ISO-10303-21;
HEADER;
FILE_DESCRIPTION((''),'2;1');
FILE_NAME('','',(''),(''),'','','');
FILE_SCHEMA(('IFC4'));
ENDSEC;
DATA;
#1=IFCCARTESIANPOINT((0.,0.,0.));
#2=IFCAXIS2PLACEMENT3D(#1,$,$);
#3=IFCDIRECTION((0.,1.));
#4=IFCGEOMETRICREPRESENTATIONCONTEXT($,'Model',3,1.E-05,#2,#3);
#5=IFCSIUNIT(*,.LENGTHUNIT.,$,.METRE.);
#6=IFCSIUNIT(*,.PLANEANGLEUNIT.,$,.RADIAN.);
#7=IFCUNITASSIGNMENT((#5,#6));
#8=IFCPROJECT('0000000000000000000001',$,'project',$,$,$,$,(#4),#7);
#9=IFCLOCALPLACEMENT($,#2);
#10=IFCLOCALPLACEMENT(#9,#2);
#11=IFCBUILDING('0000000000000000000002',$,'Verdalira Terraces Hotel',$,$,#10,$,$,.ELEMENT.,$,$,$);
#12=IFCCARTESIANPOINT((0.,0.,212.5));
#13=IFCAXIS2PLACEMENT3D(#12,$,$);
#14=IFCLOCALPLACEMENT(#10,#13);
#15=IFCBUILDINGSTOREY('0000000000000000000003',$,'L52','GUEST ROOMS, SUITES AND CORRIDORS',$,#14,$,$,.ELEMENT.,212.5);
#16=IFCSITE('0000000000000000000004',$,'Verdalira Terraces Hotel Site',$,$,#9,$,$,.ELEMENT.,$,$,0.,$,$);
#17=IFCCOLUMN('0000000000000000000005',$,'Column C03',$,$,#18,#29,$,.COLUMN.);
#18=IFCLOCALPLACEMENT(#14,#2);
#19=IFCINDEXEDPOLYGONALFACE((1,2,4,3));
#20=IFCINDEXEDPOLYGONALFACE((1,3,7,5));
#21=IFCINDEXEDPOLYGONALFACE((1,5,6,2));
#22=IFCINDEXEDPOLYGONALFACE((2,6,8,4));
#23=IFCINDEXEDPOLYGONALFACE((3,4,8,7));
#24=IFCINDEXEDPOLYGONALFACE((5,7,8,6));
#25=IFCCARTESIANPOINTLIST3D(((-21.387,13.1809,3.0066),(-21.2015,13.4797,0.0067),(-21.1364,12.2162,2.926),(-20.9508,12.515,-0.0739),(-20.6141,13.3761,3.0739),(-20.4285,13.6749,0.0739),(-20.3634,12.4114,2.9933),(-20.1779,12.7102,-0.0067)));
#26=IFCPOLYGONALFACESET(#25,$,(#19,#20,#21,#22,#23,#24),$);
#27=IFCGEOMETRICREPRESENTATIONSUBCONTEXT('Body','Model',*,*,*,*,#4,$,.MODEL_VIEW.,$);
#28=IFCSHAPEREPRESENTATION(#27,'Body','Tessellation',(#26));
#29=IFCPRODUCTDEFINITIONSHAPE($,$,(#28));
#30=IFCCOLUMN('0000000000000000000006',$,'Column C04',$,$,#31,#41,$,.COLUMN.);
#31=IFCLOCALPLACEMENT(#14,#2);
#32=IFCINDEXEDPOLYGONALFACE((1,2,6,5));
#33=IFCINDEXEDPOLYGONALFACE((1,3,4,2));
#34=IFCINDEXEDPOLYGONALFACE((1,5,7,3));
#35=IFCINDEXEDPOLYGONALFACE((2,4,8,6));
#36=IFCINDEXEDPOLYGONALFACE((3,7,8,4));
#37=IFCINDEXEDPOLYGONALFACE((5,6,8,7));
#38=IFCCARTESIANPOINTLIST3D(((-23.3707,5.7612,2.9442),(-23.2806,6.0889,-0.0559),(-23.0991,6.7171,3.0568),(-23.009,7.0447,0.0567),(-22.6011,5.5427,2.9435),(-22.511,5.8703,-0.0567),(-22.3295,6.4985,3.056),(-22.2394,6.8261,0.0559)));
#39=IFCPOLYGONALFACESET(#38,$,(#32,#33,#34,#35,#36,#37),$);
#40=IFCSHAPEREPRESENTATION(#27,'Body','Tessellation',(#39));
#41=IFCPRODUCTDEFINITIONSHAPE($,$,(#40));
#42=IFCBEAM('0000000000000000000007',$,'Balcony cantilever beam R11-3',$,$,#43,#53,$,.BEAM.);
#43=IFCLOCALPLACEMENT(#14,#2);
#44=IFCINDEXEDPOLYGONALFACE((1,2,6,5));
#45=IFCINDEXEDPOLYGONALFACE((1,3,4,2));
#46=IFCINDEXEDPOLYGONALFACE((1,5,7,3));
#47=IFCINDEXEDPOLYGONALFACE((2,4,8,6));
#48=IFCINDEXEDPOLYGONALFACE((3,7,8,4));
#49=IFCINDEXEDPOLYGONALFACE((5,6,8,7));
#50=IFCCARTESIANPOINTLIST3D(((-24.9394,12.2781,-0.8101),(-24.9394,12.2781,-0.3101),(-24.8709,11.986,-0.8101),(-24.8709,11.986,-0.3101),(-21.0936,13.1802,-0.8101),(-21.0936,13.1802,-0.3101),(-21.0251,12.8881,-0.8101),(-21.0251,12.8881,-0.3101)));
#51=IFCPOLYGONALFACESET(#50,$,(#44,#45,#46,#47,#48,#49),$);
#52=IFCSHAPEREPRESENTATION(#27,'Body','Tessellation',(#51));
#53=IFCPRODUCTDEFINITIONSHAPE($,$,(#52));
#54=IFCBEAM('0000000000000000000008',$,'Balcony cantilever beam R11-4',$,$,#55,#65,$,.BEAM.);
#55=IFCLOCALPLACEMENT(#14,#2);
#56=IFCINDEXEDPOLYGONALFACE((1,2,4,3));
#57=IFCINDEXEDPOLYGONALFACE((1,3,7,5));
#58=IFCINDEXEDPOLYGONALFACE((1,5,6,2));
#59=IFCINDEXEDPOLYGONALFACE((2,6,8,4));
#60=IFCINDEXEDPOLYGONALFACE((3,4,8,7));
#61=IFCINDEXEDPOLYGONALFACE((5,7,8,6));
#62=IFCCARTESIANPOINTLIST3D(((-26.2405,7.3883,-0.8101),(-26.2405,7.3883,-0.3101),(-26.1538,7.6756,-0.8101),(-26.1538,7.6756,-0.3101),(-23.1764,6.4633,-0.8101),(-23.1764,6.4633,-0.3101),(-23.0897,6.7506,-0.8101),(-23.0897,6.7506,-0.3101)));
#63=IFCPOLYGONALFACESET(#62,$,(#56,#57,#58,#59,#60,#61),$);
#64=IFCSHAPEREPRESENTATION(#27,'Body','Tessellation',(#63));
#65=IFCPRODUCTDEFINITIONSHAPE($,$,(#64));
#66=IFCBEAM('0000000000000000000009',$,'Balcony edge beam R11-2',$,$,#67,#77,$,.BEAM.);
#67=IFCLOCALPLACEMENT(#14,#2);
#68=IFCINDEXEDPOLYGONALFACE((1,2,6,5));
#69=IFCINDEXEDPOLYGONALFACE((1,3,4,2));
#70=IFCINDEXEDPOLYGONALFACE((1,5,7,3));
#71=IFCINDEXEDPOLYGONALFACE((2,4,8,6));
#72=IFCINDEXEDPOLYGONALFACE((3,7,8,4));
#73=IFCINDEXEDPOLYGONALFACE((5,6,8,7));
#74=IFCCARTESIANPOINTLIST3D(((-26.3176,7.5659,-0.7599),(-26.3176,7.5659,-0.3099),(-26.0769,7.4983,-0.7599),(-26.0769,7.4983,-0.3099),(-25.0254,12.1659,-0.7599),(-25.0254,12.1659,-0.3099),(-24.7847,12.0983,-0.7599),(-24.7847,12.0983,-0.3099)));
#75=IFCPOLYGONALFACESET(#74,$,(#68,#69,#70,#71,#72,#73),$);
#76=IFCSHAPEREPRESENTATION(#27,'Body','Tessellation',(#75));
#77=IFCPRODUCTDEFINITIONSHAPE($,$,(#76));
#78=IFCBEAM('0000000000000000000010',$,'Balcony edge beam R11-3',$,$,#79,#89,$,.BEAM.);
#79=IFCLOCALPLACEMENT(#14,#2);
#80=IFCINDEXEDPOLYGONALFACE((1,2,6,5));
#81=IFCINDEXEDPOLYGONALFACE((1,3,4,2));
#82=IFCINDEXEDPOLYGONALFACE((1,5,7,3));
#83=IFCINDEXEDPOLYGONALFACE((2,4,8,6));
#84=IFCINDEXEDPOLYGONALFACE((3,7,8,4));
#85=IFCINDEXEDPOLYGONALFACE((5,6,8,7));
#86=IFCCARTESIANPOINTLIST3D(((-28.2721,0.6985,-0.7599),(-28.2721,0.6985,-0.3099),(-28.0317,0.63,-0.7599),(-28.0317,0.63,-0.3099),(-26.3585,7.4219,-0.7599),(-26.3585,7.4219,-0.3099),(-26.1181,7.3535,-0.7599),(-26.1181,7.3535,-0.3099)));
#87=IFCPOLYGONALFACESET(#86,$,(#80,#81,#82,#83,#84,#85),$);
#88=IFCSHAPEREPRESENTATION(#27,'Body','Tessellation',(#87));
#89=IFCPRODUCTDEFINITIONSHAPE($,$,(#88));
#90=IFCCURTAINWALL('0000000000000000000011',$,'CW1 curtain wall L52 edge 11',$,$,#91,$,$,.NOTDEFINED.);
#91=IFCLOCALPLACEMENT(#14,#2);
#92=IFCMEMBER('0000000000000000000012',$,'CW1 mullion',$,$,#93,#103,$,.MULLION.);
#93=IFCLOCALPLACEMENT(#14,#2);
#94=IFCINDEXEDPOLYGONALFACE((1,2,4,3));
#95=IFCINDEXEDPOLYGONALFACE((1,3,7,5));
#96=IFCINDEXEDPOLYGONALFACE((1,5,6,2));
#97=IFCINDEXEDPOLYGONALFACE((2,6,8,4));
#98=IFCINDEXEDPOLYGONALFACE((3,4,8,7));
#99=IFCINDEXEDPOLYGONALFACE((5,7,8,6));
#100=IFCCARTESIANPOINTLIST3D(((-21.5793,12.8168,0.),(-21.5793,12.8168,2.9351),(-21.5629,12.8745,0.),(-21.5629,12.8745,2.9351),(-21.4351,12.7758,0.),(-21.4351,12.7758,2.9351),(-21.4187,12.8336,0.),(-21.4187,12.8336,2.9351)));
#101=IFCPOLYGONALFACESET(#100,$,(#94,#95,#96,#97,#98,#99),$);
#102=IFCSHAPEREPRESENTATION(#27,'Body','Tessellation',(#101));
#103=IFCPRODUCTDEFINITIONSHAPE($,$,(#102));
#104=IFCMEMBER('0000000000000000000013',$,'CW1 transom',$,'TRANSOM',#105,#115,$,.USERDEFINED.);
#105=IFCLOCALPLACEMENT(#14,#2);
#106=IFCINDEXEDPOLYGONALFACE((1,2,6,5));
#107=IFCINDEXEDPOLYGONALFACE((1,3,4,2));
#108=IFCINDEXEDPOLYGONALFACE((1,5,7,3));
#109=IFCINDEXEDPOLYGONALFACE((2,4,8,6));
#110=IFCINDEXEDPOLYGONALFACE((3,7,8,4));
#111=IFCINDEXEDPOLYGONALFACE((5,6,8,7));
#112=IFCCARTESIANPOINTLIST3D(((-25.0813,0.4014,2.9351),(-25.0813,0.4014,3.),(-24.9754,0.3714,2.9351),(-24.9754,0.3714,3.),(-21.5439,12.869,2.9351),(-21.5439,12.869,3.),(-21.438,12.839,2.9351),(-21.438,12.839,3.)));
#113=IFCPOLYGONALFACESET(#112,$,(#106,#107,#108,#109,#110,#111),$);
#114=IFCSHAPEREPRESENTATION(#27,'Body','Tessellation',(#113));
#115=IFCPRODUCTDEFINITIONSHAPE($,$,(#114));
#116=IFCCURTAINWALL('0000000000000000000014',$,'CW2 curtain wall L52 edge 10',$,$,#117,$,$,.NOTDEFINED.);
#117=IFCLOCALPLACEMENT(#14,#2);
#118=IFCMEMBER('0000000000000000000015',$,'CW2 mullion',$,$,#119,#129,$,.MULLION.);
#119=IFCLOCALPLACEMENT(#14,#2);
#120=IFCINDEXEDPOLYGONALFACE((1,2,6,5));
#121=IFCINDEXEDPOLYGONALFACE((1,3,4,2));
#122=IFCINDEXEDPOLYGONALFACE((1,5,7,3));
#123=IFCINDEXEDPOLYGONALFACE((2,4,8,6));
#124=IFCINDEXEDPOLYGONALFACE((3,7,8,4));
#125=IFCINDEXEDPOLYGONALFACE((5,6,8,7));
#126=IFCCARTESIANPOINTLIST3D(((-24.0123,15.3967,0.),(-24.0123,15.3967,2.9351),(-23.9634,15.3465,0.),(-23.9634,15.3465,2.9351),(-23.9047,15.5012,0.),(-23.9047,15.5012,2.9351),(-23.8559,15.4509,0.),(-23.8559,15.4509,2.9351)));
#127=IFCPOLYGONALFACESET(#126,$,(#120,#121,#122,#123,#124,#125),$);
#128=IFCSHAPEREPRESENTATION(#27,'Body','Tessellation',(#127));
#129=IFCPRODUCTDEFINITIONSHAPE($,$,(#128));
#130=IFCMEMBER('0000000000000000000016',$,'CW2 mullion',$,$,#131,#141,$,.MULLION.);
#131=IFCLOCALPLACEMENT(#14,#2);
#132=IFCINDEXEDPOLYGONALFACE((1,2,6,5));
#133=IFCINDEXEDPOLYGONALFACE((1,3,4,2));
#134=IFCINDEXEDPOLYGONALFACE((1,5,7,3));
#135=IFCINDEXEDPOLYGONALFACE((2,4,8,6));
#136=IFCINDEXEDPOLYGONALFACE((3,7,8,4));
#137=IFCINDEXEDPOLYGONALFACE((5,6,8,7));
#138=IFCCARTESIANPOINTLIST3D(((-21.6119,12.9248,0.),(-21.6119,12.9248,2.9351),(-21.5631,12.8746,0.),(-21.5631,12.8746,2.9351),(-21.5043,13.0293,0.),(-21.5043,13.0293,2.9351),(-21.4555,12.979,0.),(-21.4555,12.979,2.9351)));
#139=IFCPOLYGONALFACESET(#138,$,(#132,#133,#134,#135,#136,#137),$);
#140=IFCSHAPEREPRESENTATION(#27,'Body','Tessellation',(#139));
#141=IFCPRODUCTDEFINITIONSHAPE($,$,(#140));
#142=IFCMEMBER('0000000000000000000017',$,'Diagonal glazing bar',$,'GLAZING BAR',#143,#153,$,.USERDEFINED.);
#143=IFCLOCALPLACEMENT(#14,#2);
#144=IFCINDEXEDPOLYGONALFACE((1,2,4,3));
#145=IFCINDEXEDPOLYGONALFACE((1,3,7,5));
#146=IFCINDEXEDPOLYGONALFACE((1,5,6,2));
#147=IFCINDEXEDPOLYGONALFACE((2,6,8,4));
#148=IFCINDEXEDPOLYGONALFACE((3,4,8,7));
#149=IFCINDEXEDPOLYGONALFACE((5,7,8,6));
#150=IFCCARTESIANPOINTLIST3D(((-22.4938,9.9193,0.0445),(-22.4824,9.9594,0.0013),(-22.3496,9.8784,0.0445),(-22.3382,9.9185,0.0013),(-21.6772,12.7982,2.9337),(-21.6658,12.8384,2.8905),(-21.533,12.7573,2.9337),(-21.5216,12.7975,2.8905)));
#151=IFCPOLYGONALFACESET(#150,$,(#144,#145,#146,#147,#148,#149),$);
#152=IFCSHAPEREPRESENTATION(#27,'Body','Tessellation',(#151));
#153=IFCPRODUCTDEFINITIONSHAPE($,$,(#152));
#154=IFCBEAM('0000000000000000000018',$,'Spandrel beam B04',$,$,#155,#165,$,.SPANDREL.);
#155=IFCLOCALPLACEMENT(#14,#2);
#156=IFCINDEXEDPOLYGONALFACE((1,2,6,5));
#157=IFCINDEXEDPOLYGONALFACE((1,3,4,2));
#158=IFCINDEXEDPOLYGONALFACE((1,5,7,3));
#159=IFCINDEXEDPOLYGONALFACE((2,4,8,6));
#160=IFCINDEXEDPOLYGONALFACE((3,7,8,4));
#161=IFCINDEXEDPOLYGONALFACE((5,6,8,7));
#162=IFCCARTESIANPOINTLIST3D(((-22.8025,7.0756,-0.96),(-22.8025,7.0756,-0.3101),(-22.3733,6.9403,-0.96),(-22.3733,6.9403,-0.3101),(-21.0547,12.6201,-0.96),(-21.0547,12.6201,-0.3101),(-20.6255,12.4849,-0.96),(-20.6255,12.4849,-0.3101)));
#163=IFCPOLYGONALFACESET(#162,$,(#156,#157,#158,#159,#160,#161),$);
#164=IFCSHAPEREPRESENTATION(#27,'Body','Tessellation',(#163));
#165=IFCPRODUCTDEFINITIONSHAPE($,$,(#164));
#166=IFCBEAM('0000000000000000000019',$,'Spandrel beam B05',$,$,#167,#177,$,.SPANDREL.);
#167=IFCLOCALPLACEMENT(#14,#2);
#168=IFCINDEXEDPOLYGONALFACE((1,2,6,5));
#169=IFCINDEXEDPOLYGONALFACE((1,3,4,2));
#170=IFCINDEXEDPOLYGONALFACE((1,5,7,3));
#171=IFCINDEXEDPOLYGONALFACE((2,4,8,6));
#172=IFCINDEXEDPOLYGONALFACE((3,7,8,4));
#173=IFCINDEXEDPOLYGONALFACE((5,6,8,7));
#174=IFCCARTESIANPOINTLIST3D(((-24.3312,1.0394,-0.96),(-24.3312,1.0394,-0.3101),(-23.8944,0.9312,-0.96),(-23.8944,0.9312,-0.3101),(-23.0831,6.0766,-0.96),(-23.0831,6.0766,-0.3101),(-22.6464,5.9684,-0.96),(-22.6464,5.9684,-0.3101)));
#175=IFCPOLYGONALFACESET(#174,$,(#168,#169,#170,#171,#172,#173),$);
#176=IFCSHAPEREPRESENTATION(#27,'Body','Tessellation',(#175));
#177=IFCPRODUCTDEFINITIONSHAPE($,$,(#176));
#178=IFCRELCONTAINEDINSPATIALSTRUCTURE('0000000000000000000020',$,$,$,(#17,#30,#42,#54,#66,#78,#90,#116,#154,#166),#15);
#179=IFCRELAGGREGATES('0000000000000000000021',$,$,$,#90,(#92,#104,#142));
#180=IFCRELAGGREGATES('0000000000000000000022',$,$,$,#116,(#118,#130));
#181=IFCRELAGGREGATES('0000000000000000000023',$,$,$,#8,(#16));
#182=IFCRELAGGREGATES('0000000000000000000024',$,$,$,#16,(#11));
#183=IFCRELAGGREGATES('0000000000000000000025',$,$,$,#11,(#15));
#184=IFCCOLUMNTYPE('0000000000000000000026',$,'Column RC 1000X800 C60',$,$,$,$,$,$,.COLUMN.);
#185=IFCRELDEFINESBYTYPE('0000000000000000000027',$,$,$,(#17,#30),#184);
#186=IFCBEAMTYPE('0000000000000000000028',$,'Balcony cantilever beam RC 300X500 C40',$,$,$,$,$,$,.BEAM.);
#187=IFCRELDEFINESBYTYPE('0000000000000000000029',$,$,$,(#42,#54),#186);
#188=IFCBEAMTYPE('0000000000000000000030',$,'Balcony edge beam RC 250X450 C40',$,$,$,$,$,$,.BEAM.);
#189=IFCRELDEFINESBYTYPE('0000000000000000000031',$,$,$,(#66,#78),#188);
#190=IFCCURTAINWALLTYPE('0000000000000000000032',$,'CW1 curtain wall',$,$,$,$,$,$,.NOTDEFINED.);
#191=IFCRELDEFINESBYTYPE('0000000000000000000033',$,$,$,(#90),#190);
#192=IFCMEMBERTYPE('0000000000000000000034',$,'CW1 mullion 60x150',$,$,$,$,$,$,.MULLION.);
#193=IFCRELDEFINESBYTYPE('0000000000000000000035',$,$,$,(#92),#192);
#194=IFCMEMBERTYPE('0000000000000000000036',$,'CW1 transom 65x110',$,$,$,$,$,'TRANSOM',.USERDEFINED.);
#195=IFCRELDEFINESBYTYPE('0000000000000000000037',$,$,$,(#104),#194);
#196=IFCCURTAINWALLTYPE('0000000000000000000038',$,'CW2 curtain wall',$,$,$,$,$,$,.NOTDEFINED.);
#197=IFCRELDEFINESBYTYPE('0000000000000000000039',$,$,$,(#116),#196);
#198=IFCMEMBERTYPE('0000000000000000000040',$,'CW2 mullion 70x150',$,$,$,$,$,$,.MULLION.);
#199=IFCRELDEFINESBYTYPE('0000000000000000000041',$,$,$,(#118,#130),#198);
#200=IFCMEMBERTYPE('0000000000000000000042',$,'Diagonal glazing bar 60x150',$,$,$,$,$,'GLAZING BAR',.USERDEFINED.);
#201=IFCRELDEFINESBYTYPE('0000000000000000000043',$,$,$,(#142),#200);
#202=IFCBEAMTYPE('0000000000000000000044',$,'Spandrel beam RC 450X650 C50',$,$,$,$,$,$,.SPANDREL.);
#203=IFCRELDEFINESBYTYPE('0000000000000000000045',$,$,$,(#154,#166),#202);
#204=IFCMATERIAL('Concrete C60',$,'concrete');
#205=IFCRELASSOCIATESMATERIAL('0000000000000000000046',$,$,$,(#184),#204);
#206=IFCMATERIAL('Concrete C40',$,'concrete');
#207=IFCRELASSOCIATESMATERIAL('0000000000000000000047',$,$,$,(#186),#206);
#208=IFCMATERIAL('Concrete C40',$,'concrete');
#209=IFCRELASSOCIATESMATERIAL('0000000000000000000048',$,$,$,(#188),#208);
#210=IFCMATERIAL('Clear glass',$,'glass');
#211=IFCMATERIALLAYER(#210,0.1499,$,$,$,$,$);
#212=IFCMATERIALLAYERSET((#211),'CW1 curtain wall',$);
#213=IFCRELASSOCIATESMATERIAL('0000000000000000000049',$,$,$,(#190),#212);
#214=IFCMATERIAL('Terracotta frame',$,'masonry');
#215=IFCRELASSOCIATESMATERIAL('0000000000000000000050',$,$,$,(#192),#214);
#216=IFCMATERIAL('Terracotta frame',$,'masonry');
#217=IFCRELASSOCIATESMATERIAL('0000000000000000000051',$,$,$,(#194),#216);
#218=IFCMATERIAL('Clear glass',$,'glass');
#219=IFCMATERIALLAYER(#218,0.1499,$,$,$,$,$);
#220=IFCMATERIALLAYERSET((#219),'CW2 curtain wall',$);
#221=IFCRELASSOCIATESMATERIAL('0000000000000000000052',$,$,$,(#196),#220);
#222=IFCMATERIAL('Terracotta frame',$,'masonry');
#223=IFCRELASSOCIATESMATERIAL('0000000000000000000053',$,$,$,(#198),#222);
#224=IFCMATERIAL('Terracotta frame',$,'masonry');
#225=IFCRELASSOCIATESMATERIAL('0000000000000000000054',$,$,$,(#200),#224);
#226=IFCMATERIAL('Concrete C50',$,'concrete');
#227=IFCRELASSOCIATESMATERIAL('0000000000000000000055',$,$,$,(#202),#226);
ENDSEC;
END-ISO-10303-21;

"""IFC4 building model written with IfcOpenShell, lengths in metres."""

from ifc_helpers import new_model, si_unit, direction, frame, origin, origin_2d, place, context, subcontext, project, spatial, rectangle, extrude, material, layer, layer_set, material_profile, profile_set, type_object, element, aggregate, save


model = new_model("IFC4")

# Units and contexts
model_context = context("Model", 3, precision=1e-05, world=origin(), true_north=direction((0.0, 1.0)))
body_context = subcontext(model_context, "Body", "Model", "MODEL_VIEW")
ifc_project = project(units=[si_unit("LENGTHUNIT", "METRE"), si_unit("PLANEANGLEUNIT", "RADIAN")], contexts=[model_context])

# Site, building, storey
site_placement = place(None, origin())
site = spatial("IfcSite", under=ifc_project, at=site_placement, Name="Verdalira Terraces Hotel Site", CompositionType="ELEMENT", RefElevation=0.0)
building_placement = place(site_placement, origin())
building = spatial("IfcBuilding", under=site, at=building_placement, Name="Verdalira Terraces Hotel", CompositionType="ELEMENT")
storey_placement = place(building_placement, frame((0.0, 0.0, 212.5)))
storey = spatial("IfcBuildingStorey", under=building, at=storey_placement, Name="L52", Description="GUEST ROOMS, SUITES AND CORRIDORS", CompositionType="ELEMENT", Elevation=212.5)

# Columns
ifc_material_1 = material(Name="Concrete C60", Category="concrete")
ifc_material_profile_1 = material_profile(ifc_material_1, rectangle(XDim=1.0, YDim=0.8, at=origin_2d()), Name="RC 1000X800")
ifc_profile_set_1 = profile_set([ifc_material_profile_1], Name="Concrete C60")
column_type = type_object("IfcColumnType", Name="Column RC 1000X800 C60", PredefinedType="COLUMN", material=ifc_profile_set_1)
column_1_placement = place(storey_placement, frame((-20.6897, 13.095, 0.0), z_axis=(-0.061428, -0.098932, 0.993196), x_axis=(-0.250648, 0.964718, 0.080593)))
element("IfcColumn", 1, at=column_1_placement, inside=storey, type_object=column_type, Name="Column C03", PredefinedType="COLUMN", context=body_context, shape_type="SweptSolid", body=[
    extrude(rectangle(XDim=1.0, YDim=0.8, at=origin_2d()), origin(), (0.0, 0.0, 1.0), 3.0205),
])
column_2_placement = place(storey_placement, frame((-22.76, 6.4575, 0.0), z_axis=(-0.029839, -0.108518, 0.993647), x_axis=(-0.271559, -0.955819, -0.112542)))
element("IfcColumn", 2, at=column_2_placement, inside=storey, type_object=column_type, Name="Column C04", PredefinedType="COLUMN", context=body_context, shape_type="SweptSolid", body=[
    extrude(rectangle(XDim=1.0, YDim=0.8, at=origin_2d()), origin(), (0.0, 0.0, 1.0), 3.0193),
])

# Beams
ifc_material_2 = material(Name="Concrete C40", Category="concrete")
ifc_material_profile_2 = material_profile(ifc_material_2, rectangle(XDim=0.3, YDim=0.5, at=origin_2d()), Name="RC 300X500")
ifc_profile_set_2 = profile_set([ifc_material_profile_2], Name="Concrete C40")
beam_type_1 = type_object("IfcBeamType", Name="Balcony cantilever beam RC 300X500 C40", PredefinedType="BEAM", material=ifc_profile_set_2)
beam_1_placement = place(storey_placement, frame((-21.0593, 13.0342, -0.5601), z_axis=(-0.973573, -0.228374, 0.0), x_axis=(0.228374, -0.973573, 0.0)))
element("IfcBeam", 3, at=beam_1_placement, inside=storey, type_object=beam_type_1, Name="Balcony cantilever beam R11-3", PredefinedType="BEAM", context=body_context, shape_type="SweptSolid", body=[
    extrude(rectangle(XDim=0.3, YDim=0.5, at=origin_2d()), origin(), (0.0, 0.0, 1.0), 3.9502),
])
beam_2_placement = place(storey_placement, frame((-23.1331, 6.6069, -0.5601), z_axis=(-0.957327, 0.289006, 0.0), x_axis=(-0.289006, -0.957327, 0.0)))
element("IfcBeam", 4, at=beam_2_placement, inside=storey, type_object=beam_type_1, Name="Balcony cantilever beam R11-4", PredefinedType="BEAM", context=body_context, shape_type="SweptSolid", body=[
    extrude(rectangle(XDim=0.3, YDim=0.5, at=origin_2d()), origin(), (0.0, 0.0, 1.0), 3.2007),
])
ifc_material_3 = material(Name="Concrete C40", Category="concrete")
ifc_material_profile_3 = material_profile(ifc_material_3, rectangle(XDim=0.25, YDim=0.45, at=origin_2d()), Name="RC 250X450")
ifc_profile_set_3 = profile_set([ifc_material_profile_3], Name="Concrete C40")
beam_type_2 = type_object("IfcBeamType", Name="Balcony edge beam RC 250X450 C40", PredefinedType="BEAM", material=ifc_profile_set_3)
beam_3_placement = place(storey_placement, frame((-24.905, 12.1321, -0.5349), z_axis=(-0.270447, -0.962735, 0.0), x_axis=(0.962735, -0.270447, 0.0)))
element("IfcBeam", 5, at=beam_3_placement, inside=storey, type_object=beam_type_2, Name="Balcony edge beam R11-2", PredefinedType="BEAM", context=body_context, shape_type="SweptSolid", body=[
    extrude(rectangle(XDim=0.25, YDim=0.45, at=origin_2d()), origin(), (0.0, 0.0, 1.0), 4.7781),
])
beam_4_placement = place(storey_placement, frame((-26.2383, 7.3877, -0.5349), z_axis=(-0.273743, -0.961803, 0.0), x_axis=(0.961803, -0.273743, 0.0)))
element("IfcBeam", 6, at=beam_4_placement, inside=storey, type_object=beam_type_2, Name="Balcony edge beam R11-3", PredefinedType="BEAM", context=body_context, shape_type="SweptSolid", body=[
    extrude(rectangle(XDim=0.25, YDim=0.45, at=origin_2d()), origin(), (0.0, 0.0, 1.0), 6.9905),
])

# Curtain walls, members
ifc_material_4 = material(Name="Clear glass", Category="glass")
ifc_layer_1 = layer(ifc_material_4, 0.1499)
ifc_layer_set_1 = layer_set([ifc_layer_1], Name="CW1 curtain wall")
curtain_wall_type_1 = type_object("IfcCurtainWallType", Name="CW1 curtain wall", PredefinedType="NOTDEFINED", material=ifc_layer_set_1)
curtain_wall_1_placement = place(storey_placement, origin())
curtain_wall_1 = element("IfcCurtainWall", 7, at=curtain_wall_1_placement, inside=storey, type_object=curtain_wall_type_1, Name="CW1 curtain wall L52 edge 11", PredefinedType="NOTDEFINED")
ifc_material_5 = material(Name="Terracotta frame", Category="masonry")
ifc_material_profile_4 = material_profile(ifc_material_5, rectangle(XDim=0.0601, YDim=0.1499, at=origin_2d()), Name="MU 60x150")
ifc_profile_set_4 = profile_set([ifc_material_profile_4], Name="Terracotta frame")
member_type_1 = type_object("IfcMemberType", Name="CW1 mullion 60x150", PredefinedType="MULLION", material=ifc_profile_set_4)
member_1_placement = place(storey_placement, frame((-21.499, 12.8252, 0.0), z_axis=(0.0, 0.0, 1.0), x_axis=(-0.272952, -0.962028, 0.0)))
member_1 = element("IfcMember", 8, at=member_1_placement, type_object=member_type_1, Name="CW1 mullion", PredefinedType="MULLION", context=body_context, shape_type="SweptSolid", body=[
    extrude(rectangle(XDim=0.0601, YDim=0.1499, at=origin_2d()), origin(), (0.0, 0.0, 1.0), 2.9351),
])
ifc_material_6 = material(Name="Terracotta frame", Category="masonry")
ifc_material_profile_5 = material_profile(ifc_material_6, rectangle(XDim=0.1101, YDim=0.0649, at=origin_2d()), Name="TR 65x110")
ifc_profile_set_5 = profile_set([ifc_material_profile_5], Name="Terracotta frame")
member_type_2 = type_object("IfcMemberType", Name="CW1 transom 65x110", ElementType="TRANSOM", PredefinedType="USERDEFINED", material=ifc_profile_set_5)
member_2_placement = place(storey_placement, frame((-21.491, 12.854, 2.9675), z_axis=(-0.272952, -0.962028, 0.0), x_axis=(0.962028, -0.272952, 0.0)))
member_2 = element("IfcMember", 9, at=member_2_placement, type_object=member_type_2, Name="CW1 transom", ObjectType="TRANSOM", PredefinedType="USERDEFINED", context=body_context, shape_type="SweptSolid", body=[
    extrude(rectangle(XDim=0.1101, YDim=0.0649, at=origin_2d()), origin(), (0.0, 0.0, 1.0), 12.9597),
])
ifc_material_7 = material(Name="Clear glass", Category="glass")
ifc_layer_2 = layer(ifc_material_7, 0.1499)
ifc_layer_set_2 = layer_set([ifc_layer_2], Name="CW2 curtain wall")
curtain_wall_type_2 = type_object("IfcCurtainWallType", Name="CW2 curtain wall", PredefinedType="NOTDEFINED", material=ifc_layer_set_2)
curtain_wall_2_placement = place(storey_placement, origin())
curtain_wall_2 = element("IfcCurtainWall", 10, at=curtain_wall_2_placement, inside=storey, type_object=curtain_wall_type_2, Name="CW2 curtain wall L52 edge 10", PredefinedType="NOTDEFINED")
ifc_material_8 = material(Name="Terracotta frame", Category="masonry")
ifc_material_profile_6 = material_profile(ifc_material_8, rectangle(XDim=0.0701, YDim=0.1499, at=origin_2d()), Name="MU 70x150")
ifc_profile_set_6 = profile_set([ifc_material_profile_6], Name="Terracotta frame")
member_type_3 = type_object("IfcMemberType", Name="CW2 mullion 70x150", PredefinedType="MULLION", material=ifc_profile_set_6)
member_3_placement = place(storey_placement, frame((-23.9341, 15.4238, 0.0), z_axis=(0.0, 0.0, 1.0), x_axis=(0.696664, -0.717397, 0.0)))
member_3 = element("IfcMember", 11, at=member_3_placement, type_object=member_type_3, Name="CW2 mullion", PredefinedType="MULLION", context=body_context, shape_type="SweptSolid", body=[
    extrude(rectangle(XDim=0.0701, YDim=0.1499, at=origin_2d()), origin(), (0.0, 0.0, 1.0), 2.9351),
])
member_4_placement = place(storey_placement, frame((-21.5337, 12.9519, 0.0), z_axis=(0.0, 0.0, 1.0), x_axis=(0.696664, -0.717397, 0.0)))
member_4 = element("IfcMember", 12, at=member_4_placement, type_object=member_type_3, Name="CW2 mullion", PredefinedType="MULLION", context=body_context, shape_type="SweptSolid", body=[
    extrude(rectangle(XDim=0.0701, YDim=0.1499, at=origin_2d()), origin(), (0.0, 0.0, 1.0), 2.9351),
])

# Member
ifc_material_9 = material(Name="Terracotta frame", Category="masonry")
ifc_material_profile_7 = material_profile(ifc_material_9, rectangle(XDim=0.1499, YDim=0.0601, at=origin_2d()), Name="GB 60x150")
ifc_profile_set_7 = profile_set([ifc_material_profile_7], Name="Terracotta frame")
member_type_4 = type_object("IfcMemberType", Name="Diagonal glazing bar 60x150", ElementType="GLAZING BAR", PredefinedType="USERDEFINED", material=ifc_profile_set_7)
member_5_placement = place(storey_placement, frame((-21.5994, 12.7979, 2.9121), z_axis=(-0.196329, -0.692111, -0.694577), x_axis=(0.962043, -0.2729, 0.0)))
member_5 = element("IfcMember", 13, at=member_5_placement, type_object=member_type_4, Name="Diagonal glazing bar", ObjectType="GLAZING BAR", PredefinedType="USERDEFINED", context=body_context, shape_type="SweptSolid", body=[
    extrude(rectangle(XDim=0.1499, YDim=0.0601, at=origin_2d()), origin(), (0.0, 0.0, 1.0), 4.1597),
])

# Beams
ifc_material_10 = material(Name="Concrete C50", Category="concrete")
ifc_material_profile_8 = material_profile(ifc_material_10, rectangle(XDim=0.45, YDim=0.6499, at=origin_2d()), Name="RC 450X650")
ifc_profile_set_8 = profile_set([ifc_material_profile_8], Name="Concrete C50")
beam_type_3 = type_object("IfcBeamType", Name="Spandrel beam RC 450X650 C50", PredefinedType="SPANDREL", material=ifc_profile_set_8)
beam_5_placement = place(storey_placement, frame((-20.8401, 12.5525, -0.635), z_axis=(-0.300651, -0.953734, 0.0), x_axis=(0.953734, -0.300651, 0.0)))
element("IfcBeam", 14, at=beam_5_placement, inside=storey, type_object=beam_type_3, Name="Spandrel beam B04", PredefinedType="SPANDREL", context=body_context, shape_type="SweptSolid", body=[
    extrude(rectangle(XDim=0.45, YDim=0.6499, at=origin_2d()), origin(), (0.0, 0.0, 1.0), 5.8135),
])
beam_6_placement = place(storey_placement, frame((-22.8647, 6.0225, -0.635), z_axis=(-0.240498, -0.97065, 0.0), x_axis=(0.97065, -0.240498, 0.0)))
element("IfcBeam", 15, at=beam_6_placement, inside=storey, type_object=beam_type_3, Name="Spandrel beam B05", PredefinedType="SPANDREL", context=body_context, shape_type="SweptSolid", body=[
    extrude(rectangle(XDim=0.45, YDim=0.6499, at=origin_2d()), origin(), (0.0, 0.0, 1.0), 5.1895),
])

aggregate(curtain_wall_1, [member_1, member_2, member_5])
aggregate(curtain_wall_2, [member_3, member_4])

save(model, "model.ifc")
